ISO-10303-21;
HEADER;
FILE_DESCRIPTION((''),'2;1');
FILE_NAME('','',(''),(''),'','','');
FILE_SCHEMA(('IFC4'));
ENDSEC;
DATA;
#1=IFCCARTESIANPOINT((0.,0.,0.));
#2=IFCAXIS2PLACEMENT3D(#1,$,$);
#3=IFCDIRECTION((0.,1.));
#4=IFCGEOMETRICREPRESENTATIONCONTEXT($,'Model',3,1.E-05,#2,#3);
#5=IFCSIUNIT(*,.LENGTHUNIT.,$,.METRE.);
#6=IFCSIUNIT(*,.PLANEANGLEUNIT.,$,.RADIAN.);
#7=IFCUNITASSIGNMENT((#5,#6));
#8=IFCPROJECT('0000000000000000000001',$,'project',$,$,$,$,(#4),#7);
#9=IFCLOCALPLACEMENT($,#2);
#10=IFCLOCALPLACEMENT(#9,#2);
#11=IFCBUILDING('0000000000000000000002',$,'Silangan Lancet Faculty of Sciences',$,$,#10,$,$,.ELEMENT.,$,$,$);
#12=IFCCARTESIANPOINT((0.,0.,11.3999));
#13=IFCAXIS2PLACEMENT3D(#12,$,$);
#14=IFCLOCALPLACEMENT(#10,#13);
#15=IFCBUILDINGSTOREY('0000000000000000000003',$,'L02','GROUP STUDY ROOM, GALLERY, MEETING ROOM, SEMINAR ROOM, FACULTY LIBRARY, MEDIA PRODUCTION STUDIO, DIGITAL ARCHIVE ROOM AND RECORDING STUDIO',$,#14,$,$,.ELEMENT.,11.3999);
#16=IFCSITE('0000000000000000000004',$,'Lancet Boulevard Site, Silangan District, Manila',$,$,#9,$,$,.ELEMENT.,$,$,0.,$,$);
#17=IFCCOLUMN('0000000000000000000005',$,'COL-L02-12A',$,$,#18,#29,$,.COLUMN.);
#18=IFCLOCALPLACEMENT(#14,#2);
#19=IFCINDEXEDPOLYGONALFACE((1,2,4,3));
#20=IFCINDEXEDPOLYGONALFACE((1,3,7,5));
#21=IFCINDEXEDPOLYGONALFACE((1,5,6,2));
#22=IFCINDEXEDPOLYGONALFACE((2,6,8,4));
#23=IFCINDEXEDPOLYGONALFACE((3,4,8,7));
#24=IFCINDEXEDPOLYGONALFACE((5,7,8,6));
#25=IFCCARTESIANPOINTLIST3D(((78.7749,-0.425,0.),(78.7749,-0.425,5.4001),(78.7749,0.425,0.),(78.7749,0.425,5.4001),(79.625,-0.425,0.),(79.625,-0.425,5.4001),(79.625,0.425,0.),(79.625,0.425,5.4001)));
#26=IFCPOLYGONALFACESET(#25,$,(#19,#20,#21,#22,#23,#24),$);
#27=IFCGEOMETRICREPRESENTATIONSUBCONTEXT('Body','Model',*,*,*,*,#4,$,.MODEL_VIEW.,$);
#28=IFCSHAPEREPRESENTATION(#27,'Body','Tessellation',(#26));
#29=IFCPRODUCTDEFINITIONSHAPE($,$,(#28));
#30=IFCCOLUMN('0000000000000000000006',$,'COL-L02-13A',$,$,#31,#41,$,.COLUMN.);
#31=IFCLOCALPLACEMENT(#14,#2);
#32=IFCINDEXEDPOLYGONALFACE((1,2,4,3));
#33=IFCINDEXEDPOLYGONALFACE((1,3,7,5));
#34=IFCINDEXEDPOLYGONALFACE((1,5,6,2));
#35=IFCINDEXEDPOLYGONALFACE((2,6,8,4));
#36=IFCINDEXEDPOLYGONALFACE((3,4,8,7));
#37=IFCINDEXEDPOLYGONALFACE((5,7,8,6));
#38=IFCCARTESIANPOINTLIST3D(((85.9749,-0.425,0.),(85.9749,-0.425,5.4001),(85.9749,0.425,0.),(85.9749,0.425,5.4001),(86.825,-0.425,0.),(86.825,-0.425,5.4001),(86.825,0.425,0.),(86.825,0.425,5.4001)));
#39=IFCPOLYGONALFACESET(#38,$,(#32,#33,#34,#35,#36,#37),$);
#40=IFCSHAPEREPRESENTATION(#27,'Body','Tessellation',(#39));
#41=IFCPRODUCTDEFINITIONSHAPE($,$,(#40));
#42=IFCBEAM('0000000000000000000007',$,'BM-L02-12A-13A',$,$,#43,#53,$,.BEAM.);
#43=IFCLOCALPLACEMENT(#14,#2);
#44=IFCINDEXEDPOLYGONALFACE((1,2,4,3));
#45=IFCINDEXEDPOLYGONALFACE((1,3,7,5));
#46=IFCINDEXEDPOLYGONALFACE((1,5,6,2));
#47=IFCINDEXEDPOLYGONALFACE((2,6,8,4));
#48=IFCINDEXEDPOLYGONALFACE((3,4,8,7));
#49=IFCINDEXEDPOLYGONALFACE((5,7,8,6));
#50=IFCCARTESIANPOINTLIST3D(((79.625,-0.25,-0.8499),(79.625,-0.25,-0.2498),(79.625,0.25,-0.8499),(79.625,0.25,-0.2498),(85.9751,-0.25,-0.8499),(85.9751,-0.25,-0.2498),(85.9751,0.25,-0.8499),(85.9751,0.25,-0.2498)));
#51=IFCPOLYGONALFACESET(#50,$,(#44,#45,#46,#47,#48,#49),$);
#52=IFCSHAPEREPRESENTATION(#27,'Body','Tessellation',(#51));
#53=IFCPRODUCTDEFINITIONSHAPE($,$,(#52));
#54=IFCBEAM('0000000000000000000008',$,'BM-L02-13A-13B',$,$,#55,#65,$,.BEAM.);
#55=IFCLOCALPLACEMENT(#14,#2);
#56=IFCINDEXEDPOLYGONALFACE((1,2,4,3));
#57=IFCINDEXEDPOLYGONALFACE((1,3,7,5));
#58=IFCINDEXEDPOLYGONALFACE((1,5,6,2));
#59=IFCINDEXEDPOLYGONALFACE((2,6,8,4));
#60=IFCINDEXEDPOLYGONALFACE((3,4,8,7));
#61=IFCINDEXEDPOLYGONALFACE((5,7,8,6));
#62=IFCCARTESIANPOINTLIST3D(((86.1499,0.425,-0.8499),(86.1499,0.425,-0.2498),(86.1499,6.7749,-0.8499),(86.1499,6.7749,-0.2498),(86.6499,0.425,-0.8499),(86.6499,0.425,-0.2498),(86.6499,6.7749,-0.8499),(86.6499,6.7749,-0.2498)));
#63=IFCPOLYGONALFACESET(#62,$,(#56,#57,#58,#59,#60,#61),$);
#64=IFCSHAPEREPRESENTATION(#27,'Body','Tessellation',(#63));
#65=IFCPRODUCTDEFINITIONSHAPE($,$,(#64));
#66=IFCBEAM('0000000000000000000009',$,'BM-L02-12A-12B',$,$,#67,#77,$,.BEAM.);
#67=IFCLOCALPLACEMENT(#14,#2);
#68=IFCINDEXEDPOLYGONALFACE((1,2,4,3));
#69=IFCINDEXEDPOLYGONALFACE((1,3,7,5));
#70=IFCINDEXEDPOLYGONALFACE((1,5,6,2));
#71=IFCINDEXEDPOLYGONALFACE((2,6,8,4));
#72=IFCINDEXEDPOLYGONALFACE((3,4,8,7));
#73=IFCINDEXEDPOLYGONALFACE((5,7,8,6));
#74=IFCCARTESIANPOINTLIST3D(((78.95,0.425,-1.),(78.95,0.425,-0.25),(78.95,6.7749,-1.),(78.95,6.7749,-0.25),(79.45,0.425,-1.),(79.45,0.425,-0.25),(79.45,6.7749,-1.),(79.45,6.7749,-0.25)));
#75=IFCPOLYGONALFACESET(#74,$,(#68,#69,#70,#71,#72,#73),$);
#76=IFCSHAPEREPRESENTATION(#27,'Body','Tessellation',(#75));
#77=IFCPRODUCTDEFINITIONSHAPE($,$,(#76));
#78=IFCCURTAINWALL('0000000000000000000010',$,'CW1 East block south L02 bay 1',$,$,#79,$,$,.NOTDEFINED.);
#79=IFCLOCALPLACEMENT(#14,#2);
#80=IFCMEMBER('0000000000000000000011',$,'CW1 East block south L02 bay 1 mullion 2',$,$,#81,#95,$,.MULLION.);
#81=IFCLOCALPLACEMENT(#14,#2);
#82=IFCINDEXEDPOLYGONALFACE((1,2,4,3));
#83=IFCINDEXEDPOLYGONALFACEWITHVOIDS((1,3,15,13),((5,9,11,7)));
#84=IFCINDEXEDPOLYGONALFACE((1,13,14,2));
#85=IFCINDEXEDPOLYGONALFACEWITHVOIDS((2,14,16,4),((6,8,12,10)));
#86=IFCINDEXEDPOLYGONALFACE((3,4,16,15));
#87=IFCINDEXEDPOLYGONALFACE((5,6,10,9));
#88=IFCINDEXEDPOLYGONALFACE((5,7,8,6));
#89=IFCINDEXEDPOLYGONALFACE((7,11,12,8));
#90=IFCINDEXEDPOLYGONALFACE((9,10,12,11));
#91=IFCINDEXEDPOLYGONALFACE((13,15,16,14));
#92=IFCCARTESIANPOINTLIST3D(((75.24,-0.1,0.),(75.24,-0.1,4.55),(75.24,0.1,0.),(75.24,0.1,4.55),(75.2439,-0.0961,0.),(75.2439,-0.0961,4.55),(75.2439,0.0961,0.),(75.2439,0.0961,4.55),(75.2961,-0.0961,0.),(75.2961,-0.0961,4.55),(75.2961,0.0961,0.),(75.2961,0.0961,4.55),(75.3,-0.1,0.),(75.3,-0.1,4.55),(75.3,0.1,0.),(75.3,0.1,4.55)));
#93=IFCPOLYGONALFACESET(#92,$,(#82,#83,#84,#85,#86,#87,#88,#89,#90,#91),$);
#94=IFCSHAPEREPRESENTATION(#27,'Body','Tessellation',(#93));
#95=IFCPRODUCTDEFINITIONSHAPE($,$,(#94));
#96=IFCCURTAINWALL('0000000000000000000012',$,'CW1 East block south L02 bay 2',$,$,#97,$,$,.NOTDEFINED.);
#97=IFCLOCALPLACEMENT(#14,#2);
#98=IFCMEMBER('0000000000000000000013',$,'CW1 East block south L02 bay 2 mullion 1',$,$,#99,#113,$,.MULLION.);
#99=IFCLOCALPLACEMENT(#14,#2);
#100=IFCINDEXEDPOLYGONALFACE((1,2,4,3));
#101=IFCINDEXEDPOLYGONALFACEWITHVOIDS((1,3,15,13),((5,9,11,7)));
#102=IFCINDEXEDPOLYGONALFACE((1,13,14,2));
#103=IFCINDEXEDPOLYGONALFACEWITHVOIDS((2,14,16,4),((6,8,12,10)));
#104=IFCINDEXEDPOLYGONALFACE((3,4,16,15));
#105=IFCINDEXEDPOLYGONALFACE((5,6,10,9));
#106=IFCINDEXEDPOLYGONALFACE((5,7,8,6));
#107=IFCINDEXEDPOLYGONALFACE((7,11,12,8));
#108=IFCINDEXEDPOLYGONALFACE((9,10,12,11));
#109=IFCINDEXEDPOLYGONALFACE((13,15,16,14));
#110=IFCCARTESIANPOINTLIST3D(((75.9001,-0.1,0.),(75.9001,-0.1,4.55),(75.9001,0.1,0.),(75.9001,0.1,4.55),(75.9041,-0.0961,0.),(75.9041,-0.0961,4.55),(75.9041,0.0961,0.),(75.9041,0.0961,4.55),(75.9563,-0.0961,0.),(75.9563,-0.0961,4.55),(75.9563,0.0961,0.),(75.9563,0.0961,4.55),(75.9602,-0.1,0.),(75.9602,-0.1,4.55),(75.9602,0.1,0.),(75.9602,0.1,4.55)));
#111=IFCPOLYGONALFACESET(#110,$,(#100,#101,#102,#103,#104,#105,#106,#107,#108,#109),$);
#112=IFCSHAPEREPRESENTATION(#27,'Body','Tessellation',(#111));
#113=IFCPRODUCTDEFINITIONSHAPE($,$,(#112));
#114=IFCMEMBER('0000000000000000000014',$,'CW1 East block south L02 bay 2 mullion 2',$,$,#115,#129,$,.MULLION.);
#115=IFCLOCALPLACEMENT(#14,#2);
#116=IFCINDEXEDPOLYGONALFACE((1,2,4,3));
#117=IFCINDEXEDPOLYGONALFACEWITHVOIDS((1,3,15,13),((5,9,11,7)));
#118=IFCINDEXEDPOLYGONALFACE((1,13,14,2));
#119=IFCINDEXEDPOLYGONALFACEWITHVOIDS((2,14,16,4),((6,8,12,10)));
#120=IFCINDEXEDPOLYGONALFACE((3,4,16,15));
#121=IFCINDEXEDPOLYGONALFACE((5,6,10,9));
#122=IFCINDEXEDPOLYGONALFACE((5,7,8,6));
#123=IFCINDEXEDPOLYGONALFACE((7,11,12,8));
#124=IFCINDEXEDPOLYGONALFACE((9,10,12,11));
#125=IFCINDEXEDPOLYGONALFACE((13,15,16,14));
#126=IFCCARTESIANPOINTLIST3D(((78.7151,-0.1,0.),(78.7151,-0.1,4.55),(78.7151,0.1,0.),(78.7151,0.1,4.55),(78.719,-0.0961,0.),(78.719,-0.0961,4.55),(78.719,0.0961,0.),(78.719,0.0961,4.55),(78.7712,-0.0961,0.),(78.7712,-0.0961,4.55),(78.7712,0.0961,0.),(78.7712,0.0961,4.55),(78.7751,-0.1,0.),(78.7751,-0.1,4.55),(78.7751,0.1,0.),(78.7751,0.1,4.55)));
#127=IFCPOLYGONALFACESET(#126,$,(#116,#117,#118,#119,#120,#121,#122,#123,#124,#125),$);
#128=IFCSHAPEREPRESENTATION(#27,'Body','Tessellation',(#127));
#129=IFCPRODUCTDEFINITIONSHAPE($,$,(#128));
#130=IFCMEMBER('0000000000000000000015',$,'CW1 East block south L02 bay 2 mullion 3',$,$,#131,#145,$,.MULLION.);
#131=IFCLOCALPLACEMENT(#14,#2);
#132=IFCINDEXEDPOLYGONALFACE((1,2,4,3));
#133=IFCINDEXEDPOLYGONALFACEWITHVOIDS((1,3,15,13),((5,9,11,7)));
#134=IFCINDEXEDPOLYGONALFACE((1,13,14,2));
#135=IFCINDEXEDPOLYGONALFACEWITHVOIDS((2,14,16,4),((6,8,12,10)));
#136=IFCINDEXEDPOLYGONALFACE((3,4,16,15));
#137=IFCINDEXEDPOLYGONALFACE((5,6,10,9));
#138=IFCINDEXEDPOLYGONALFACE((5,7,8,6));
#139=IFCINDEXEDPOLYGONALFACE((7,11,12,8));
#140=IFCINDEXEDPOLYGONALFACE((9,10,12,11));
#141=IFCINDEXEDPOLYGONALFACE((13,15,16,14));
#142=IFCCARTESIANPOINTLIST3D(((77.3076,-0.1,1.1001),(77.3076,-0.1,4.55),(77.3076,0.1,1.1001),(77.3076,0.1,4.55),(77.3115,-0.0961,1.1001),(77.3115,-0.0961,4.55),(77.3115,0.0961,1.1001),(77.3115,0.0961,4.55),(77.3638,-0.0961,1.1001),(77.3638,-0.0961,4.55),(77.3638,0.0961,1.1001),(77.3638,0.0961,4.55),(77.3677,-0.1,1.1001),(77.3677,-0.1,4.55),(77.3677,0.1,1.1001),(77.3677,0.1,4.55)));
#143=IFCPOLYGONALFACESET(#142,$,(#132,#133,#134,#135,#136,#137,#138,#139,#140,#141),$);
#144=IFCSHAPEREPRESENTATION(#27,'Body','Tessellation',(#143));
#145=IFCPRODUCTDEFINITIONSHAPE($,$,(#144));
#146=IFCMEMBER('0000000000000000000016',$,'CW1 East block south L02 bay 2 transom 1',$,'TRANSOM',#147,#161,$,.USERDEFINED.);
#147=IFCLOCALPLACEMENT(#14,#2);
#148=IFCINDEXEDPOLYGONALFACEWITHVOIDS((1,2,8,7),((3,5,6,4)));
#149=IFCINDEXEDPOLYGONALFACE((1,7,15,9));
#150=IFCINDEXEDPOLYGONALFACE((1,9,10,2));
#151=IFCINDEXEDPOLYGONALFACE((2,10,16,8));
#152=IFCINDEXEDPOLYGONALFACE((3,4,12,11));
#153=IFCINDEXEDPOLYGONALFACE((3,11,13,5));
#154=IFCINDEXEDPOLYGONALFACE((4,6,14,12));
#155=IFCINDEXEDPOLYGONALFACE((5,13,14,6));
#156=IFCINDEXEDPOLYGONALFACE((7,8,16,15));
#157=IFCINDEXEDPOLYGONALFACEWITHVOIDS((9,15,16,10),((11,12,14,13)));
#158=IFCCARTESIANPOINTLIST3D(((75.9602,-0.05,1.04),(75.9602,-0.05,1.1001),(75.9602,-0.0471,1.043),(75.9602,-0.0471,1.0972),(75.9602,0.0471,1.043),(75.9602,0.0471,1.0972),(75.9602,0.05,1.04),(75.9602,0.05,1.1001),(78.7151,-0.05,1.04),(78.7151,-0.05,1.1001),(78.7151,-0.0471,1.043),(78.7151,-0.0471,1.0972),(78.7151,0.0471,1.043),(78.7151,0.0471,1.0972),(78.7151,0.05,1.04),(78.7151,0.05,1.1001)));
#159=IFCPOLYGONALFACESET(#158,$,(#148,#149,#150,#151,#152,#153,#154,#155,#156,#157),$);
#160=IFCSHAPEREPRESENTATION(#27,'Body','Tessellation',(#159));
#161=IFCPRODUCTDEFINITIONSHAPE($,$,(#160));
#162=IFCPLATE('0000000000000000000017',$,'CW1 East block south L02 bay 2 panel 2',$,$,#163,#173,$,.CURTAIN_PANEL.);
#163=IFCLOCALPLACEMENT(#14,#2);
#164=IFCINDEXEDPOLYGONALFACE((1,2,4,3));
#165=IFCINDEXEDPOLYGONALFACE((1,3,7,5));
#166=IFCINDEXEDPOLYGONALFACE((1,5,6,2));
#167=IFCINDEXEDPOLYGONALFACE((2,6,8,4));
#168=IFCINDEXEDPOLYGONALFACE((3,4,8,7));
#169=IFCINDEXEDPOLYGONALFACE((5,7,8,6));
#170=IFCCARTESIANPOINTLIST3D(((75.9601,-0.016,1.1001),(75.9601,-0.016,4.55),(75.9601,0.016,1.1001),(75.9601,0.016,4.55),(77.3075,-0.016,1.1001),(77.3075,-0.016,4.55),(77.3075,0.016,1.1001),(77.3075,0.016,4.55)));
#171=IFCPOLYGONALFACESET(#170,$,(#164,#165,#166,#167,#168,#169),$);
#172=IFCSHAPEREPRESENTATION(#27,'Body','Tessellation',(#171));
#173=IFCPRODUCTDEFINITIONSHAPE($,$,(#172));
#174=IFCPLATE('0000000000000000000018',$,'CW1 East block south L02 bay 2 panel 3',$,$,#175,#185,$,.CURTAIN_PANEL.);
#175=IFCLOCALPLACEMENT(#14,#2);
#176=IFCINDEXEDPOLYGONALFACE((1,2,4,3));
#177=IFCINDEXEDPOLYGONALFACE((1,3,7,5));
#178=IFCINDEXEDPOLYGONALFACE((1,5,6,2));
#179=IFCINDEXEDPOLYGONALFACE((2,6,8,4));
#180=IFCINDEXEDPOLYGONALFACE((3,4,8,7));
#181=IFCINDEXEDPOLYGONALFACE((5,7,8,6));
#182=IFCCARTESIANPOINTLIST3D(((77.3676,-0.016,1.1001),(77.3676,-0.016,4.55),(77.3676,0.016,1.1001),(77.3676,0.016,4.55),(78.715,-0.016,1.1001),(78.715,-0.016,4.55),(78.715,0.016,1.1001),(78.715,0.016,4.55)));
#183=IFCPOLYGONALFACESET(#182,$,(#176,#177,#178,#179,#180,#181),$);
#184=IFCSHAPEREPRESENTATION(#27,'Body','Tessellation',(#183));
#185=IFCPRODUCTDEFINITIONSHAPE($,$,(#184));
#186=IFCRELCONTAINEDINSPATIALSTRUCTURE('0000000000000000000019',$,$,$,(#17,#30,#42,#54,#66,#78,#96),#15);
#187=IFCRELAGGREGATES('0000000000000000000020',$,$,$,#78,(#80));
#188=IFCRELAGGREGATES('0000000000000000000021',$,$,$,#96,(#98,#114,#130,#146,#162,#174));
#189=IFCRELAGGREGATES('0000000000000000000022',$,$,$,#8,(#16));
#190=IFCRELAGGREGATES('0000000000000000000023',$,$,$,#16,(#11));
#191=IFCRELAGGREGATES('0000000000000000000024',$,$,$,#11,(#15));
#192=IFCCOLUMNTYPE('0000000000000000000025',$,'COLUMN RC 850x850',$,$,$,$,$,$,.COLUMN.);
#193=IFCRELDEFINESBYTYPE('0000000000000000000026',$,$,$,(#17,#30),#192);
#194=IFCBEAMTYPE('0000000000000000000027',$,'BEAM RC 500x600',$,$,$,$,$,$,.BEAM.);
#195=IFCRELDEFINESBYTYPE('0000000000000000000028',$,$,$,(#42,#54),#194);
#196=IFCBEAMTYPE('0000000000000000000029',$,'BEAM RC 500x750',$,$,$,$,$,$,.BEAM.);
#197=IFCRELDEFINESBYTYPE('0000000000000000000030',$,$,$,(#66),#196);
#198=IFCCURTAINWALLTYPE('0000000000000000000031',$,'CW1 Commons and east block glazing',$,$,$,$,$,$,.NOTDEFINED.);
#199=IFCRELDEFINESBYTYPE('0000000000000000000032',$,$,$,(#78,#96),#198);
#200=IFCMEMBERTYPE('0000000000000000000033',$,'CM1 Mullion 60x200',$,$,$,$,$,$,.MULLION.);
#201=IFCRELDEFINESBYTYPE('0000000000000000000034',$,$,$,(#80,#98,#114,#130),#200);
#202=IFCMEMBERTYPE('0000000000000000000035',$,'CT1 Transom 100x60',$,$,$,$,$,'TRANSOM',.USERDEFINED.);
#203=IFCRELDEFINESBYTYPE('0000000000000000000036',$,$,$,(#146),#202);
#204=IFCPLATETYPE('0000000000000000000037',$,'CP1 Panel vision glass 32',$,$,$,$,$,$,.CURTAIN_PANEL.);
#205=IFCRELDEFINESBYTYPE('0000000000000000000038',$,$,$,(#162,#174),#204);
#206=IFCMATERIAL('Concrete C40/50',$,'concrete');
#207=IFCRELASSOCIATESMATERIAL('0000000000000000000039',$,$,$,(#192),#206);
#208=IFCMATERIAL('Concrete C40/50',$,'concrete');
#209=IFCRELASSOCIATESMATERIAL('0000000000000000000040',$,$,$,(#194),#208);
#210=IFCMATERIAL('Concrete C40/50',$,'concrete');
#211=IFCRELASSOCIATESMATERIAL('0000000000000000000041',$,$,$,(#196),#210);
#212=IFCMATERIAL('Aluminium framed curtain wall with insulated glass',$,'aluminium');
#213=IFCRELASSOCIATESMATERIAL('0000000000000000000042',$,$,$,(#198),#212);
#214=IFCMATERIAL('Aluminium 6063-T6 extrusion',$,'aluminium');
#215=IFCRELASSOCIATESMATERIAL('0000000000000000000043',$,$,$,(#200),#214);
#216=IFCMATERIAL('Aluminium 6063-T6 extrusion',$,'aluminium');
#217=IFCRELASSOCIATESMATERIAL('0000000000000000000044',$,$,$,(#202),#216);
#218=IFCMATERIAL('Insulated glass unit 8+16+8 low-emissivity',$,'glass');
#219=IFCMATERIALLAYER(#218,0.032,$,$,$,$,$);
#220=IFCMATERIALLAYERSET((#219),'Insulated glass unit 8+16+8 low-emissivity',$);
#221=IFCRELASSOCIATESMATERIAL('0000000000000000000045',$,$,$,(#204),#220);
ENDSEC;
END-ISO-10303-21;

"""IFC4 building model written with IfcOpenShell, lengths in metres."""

from ifc_helpers import new_model, si_unit, direction, frame, origin, origin_2d, place, context, subcontext, project, spatial, rectangle, hollow_rectangle, extrude, material, layer, layer_set, material_profile, profile_set, type_object, element, aggregate, save


model = new_model("IFC4")

# Units and contexts
model_context = context("Model", 3, precision=1e-05, world=origin(), true_north=direction((0.0, 1.0)))
body_context = subcontext(model_context, "Body", "Model", "MODEL_VIEW")
ifc_project = project(units=[si_unit("LENGTHUNIT", "METRE"), si_unit("PLANEANGLEUNIT", "RADIAN")], contexts=[model_context])

# Site, building, storey
site_placement = place(None, origin())
site = spatial("IfcSite", under=ifc_project, at=site_placement, Name="Lancet Boulevard Site, Silangan District, Manila", CompositionType="ELEMENT", RefElevation=0.0)
building_placement = place(site_placement, origin())
building = spatial("IfcBuilding", under=site, at=building_placement, Name="Silangan Lancet Faculty of Sciences", CompositionType="ELEMENT")
storey_placement = place(building_placement, frame((0.0, 0.0, 11.3999)))
storey = spatial("IfcBuildingStorey", under=building, at=storey_placement, Name="L02", Description="GROUP STUDY ROOM, GALLERY, MEETING ROOM, SEMINAR ROOM, FACULTY LIBRARY, MEDIA PRODUCTION STUDIO, DIGITAL ARCHIVE ROOM AND RECORDING STUDIO", CompositionType="ELEMENT", Elevation=11.3999)

# Columns
ifc_material_1 = material(Name="Concrete C40/50", Category="concrete")
ifc_material_profile_1 = material_profile(ifc_material_1, rectangle(XDim=0.8501, YDim=0.8501, at=origin_2d()), Name="RC 850x850")
ifc_profile_set_1 = profile_set([ifc_material_profile_1], Name="Concrete C40/50")
column_type = type_object("IfcColumnType", Name="COLUMN RC 850x850", PredefinedType="COLUMN", material=ifc_profile_set_1)
for number, where, z_axis, x_axis, name in (
    (1, (79.2, 0.0, 0.0), (0.0, 0.0, 1.0), (1.0, 0.0, 0.0), "COL-L02-12A"),
    (2, (86.3999, 0.0, 0.0), (0.0, 0.0, 1.0), (1.0, 0.0, 0.0), "COL-L02-13A"),
):
    element("IfcColumn", number, at=place(storey_placement, frame(where, z_axis=z_axis, x_axis=x_axis)), inside=storey, type_object=column_type, Name=name, PredefinedType="COLUMN", context=body_context, shape_type="SweptSolid", body=[
        extrude(rectangle(XDim=0.8501, YDim=0.8501, at=origin_2d()), origin(), (0.0, 0.0, 1.0), 5.4001),
    ])

# Beams
ifc_material_2 = material(Name="Concrete C40/50", Category="concrete")
ifc_material_profile_2 = material_profile(ifc_material_2, rectangle(XDim=0.5, YDim=0.6001, at=origin_2d()), Name="RC 500x600")
ifc_profile_set_2 = profile_set([ifc_material_profile_2], Name="Concrete C40/50")
beam_type_1 = type_object("IfcBeamType", Name="BEAM RC 500x600", PredefinedType="BEAM", material=ifc_profile_set_2)
beam_1_placement = place(storey_placement, frame((79.625, 0.0, -0.5498), z_axis=(1.0, 0.0, 0.0), x_axis=(0.0, 1.0, 0.0)))
element("IfcBeam", 3, at=beam_1_placement, inside=storey, type_object=beam_type_1, Name="BM-L02-12A-13A", PredefinedType="BEAM", context=body_context, shape_type="SweptSolid", body=[
    extrude(rectangle(XDim=0.5, YDim=0.6001, at=origin_2d()), origin(), (0.0, 0.0, 1.0), 6.3501),
])
beam_2_placement = place(storey_placement, frame((86.3999, 0.425, -0.5498), z_axis=(0.0, 1.0, 0.0), x_axis=(-1.0, 0.0, 0.0)))
element("IfcBeam", 4, at=beam_2_placement, inside=storey, type_object=beam_type_1, Name="BM-L02-13A-13B", PredefinedType="BEAM", context=body_context, shape_type="SweptSolid", body=[
    extrude(rectangle(XDim=0.5, YDim=0.6001, at=origin_2d()), origin(), (0.0, 0.0, 1.0), 6.3499),
])
ifc_material_3 = material(Name="Concrete C40/50", Category="concrete")
ifc_material_profile_3 = material_profile(ifc_material_3, rectangle(XDim=0.5, YDim=0.75, at=origin_2d()), Name="RC 500x750")
ifc_profile_set_3 = profile_set([ifc_material_profile_3], Name="Concrete C40/50")
beam_type_2 = type_object("IfcBeamType", Name="BEAM RC 500x750", PredefinedType="BEAM", material=ifc_profile_set_3)
beam_3_placement = place(storey_placement, frame((79.2, 0.425, -0.625), z_axis=(0.0, 1.0, 0.0), x_axis=(-1.0, 0.0, 0.0)))
element("IfcBeam", 5, at=beam_3_placement, inside=storey, type_object=beam_type_2, Name="BM-L02-12A-12B", PredefinedType="BEAM", context=body_context, shape_type="SweptSolid", body=[
    extrude(rectangle(XDim=0.5, YDim=0.75, at=origin_2d()), origin(), (0.0, 0.0, 1.0), 6.3499),
])

# Curtain wall, member
ifc_material_4 = material(Name="Aluminium framed curtain wall with insulated glass", Category="aluminium")
curtain_wall_type = type_object("IfcCurtainWallType", Name="CW1 Commons and east block glazing", PredefinedType="NOTDEFINED", material=ifc_material_4)
curtain_wall_1_placement = place(storey_placement, origin())
curtain_wall_1 = element("IfcCurtainWall", 6, at=curtain_wall_1_placement, inside=storey, type_object=curtain_wall_type, Name="CW1 East block south L02 bay 1", PredefinedType="NOTDEFINED")
ifc_material_5 = material(Name="Aluminium 6063-T6 extrusion", Category="aluminium")
ifc_material_profile_4 = material_profile(ifc_material_5, hollow_rectangle(XDim=0.0601, YDim=0.2, WallThickness=0.0039, at=origin_2d()), Name="AL BOX 60x200x4")
ifc_profile_set_4 = profile_set([ifc_material_profile_4], Name="Aluminium 6063-T6 extrusion")
member_type_1 = type_object("IfcMemberType", Name="CM1 Mullion 60x200", PredefinedType="MULLION", material=ifc_profile_set_4)
member_1_placement = place(storey_placement, frame((75.27, 0.0, 0.0), z_axis=(0.0, 0.0, 1.0), x_axis=(1.0, 0.0, 0.0)))
member_1 = element("IfcMember", 7, at=member_1_placement, type_object=member_type_1, Name="CW1 East block south L02 bay 1 mullion 2", PredefinedType="MULLION", context=body_context, shape_type="SweptSolid", body=[
    extrude(hollow_rectangle(XDim=0.0601, YDim=0.2, WallThickness=0.0039, at=origin_2d()), origin(), (0.0, 0.0, 1.0), 4.55),
])
aggregate(curtain_wall_1, [member_1])

# Curtain wall, members, plates
curtain_wall_2_placement = place(storey_placement, origin())
curtain_wall_2 = element("IfcCurtainWall", 8, at=curtain_wall_2_placement, inside=storey, type_object=curtain_wall_type, Name="CW1 East block south L02 bay 2", PredefinedType="NOTDEFINED")
member_2_placement = place(storey_placement, frame((75.9302, 0.0, 0.0), z_axis=(0.0, 0.0, 1.0), x_axis=(1.0, 0.0, 0.0)))
member_2 = element("IfcMember", 9, at=member_2_placement, type_object=member_type_1, Name="CW1 East block south L02 bay 2 mullion 1", PredefinedType="MULLION", context=body_context, shape_type="SweptSolid", body=[
    extrude(hollow_rectangle(XDim=0.0601, YDim=0.2, WallThickness=0.0039, at=origin_2d()), origin(), (0.0, 0.0, 1.0), 4.55),
])
member_3_placement = place(storey_placement, frame((78.7451, 0.0, 0.0), z_axis=(0.0, 0.0, 1.0), x_axis=(1.0, 0.0, 0.0)))
member_3 = element("IfcMember", 10, at=member_3_placement, type_object=member_type_1, Name="CW1 East block south L02 bay 2 mullion 2", PredefinedType="MULLION", context=body_context, shape_type="SweptSolid", body=[
    extrude(hollow_rectangle(XDim=0.0601, YDim=0.2, WallThickness=0.0039, at=origin_2d()), origin(), (0.0, 0.0, 1.0), 4.55),
])
member_4_placement = place(storey_placement, frame((77.3376, 0.0, 1.1001), z_axis=(0.0, 0.0, 1.0), x_axis=(1.0, 0.0, 0.0)))
member_4 = element("IfcMember", 11, at=member_4_placement, type_object=member_type_1, Name="CW1 East block south L02 bay 2 mullion 3", PredefinedType="MULLION", context=body_context, shape_type="SweptSolid", body=[
    extrude(hollow_rectangle(XDim=0.0601, YDim=0.2, WallThickness=0.0039, at=origin_2d()), origin(), (0.0, 0.0, 1.0), 3.45),
])
ifc_material_6 = material(Name="Aluminium 6063-T6 extrusion", Category="aluminium")
ifc_material_profile_5 = material_profile(ifc_material_6, hollow_rectangle(XDim=0.1001, YDim=0.0601, WallThickness=0.0029, at=origin_2d()), Name="AL BOX 100x60x3")
ifc_profile_set_5 = profile_set([ifc_material_profile_5], Name="Aluminium 6063-T6 extrusion")
member_type_2 = type_object("IfcMemberType", Name="CT1 Transom 100x60", ElementType="TRANSOM", PredefinedType="USERDEFINED", material=ifc_profile_set_5)
member_5_placement = place(storey_placement, frame((75.9602, 0.0, 1.0701), z_axis=(1.0, 0.0, 0.0), x_axis=(0.0, 1.0, 0.0)))
member_5 = element("IfcMember", 12, at=member_5_placement, type_object=member_type_2, Name="CW1 East block south L02 bay 2 transom 1", ObjectType="TRANSOM", PredefinedType="USERDEFINED", context=body_context, shape_type="SweptSolid", body=[
    extrude(hollow_rectangle(XDim=0.1001, YDim=0.0601, WallThickness=0.0029, at=origin_2d()), origin(), (0.0, 0.0, 1.0), 2.7549),
])
ifc_material_7 = material(Name="Insulated glass unit 8+16+8 low-emissivity", Category="glass")
ifc_layer_1 = layer(ifc_material_7, 0.032)
ifc_layer_set_1 = layer_set([ifc_layer_1], Name="Insulated glass unit 8+16+8 low-emissivity")
plate_type_1 = type_object("IfcPlateType", Name="CP1 Panel vision glass 32", PredefinedType="CURTAIN_PANEL", material=ifc_layer_set_1)
plate_1_placement = place(storey_placement, frame((76.6338, 0.0, 1.1001), z_axis=(0.0, 0.0, 1.0), x_axis=(1.0, 0.0, 0.0)))
plate_1 = element("IfcPlate", 13, at=plate_1_placement, type_object=plate_type_1, Name="CW1 East block south L02 bay 2 panel 2", PredefinedType="CURTAIN_PANEL", context=body_context, shape_type="SweptSolid", body=[
    extrude(rectangle(XDim=1.3474, YDim=0.032, at=origin_2d()), origin(), (0.0, 0.0, 1.0), 3.45),
])
plate_2_placement = place(storey_placement, frame((78.0413, 0.0, 1.1001), z_axis=(0.0, 0.0, 1.0), x_axis=(1.0, 0.0, 0.0)))
plate_2 = element("IfcPlate", 14, at=plate_2_placement, type_object=plate_type_1, Name="CW1 East block south L02 bay 2 panel 3", PredefinedType="CURTAIN_PANEL", context=body_context, shape_type="SweptSolid", body=[
    extrude(rectangle(XDim=1.3474, YDim=0.032, at=origin_2d()), origin(), (0.0, 0.0, 1.0), 3.45),
])
aggregate(curtain_wall_2, [member_2, member_3, member_4, member_5, plate_1, plate_2])

save(model, "model.ifc")
